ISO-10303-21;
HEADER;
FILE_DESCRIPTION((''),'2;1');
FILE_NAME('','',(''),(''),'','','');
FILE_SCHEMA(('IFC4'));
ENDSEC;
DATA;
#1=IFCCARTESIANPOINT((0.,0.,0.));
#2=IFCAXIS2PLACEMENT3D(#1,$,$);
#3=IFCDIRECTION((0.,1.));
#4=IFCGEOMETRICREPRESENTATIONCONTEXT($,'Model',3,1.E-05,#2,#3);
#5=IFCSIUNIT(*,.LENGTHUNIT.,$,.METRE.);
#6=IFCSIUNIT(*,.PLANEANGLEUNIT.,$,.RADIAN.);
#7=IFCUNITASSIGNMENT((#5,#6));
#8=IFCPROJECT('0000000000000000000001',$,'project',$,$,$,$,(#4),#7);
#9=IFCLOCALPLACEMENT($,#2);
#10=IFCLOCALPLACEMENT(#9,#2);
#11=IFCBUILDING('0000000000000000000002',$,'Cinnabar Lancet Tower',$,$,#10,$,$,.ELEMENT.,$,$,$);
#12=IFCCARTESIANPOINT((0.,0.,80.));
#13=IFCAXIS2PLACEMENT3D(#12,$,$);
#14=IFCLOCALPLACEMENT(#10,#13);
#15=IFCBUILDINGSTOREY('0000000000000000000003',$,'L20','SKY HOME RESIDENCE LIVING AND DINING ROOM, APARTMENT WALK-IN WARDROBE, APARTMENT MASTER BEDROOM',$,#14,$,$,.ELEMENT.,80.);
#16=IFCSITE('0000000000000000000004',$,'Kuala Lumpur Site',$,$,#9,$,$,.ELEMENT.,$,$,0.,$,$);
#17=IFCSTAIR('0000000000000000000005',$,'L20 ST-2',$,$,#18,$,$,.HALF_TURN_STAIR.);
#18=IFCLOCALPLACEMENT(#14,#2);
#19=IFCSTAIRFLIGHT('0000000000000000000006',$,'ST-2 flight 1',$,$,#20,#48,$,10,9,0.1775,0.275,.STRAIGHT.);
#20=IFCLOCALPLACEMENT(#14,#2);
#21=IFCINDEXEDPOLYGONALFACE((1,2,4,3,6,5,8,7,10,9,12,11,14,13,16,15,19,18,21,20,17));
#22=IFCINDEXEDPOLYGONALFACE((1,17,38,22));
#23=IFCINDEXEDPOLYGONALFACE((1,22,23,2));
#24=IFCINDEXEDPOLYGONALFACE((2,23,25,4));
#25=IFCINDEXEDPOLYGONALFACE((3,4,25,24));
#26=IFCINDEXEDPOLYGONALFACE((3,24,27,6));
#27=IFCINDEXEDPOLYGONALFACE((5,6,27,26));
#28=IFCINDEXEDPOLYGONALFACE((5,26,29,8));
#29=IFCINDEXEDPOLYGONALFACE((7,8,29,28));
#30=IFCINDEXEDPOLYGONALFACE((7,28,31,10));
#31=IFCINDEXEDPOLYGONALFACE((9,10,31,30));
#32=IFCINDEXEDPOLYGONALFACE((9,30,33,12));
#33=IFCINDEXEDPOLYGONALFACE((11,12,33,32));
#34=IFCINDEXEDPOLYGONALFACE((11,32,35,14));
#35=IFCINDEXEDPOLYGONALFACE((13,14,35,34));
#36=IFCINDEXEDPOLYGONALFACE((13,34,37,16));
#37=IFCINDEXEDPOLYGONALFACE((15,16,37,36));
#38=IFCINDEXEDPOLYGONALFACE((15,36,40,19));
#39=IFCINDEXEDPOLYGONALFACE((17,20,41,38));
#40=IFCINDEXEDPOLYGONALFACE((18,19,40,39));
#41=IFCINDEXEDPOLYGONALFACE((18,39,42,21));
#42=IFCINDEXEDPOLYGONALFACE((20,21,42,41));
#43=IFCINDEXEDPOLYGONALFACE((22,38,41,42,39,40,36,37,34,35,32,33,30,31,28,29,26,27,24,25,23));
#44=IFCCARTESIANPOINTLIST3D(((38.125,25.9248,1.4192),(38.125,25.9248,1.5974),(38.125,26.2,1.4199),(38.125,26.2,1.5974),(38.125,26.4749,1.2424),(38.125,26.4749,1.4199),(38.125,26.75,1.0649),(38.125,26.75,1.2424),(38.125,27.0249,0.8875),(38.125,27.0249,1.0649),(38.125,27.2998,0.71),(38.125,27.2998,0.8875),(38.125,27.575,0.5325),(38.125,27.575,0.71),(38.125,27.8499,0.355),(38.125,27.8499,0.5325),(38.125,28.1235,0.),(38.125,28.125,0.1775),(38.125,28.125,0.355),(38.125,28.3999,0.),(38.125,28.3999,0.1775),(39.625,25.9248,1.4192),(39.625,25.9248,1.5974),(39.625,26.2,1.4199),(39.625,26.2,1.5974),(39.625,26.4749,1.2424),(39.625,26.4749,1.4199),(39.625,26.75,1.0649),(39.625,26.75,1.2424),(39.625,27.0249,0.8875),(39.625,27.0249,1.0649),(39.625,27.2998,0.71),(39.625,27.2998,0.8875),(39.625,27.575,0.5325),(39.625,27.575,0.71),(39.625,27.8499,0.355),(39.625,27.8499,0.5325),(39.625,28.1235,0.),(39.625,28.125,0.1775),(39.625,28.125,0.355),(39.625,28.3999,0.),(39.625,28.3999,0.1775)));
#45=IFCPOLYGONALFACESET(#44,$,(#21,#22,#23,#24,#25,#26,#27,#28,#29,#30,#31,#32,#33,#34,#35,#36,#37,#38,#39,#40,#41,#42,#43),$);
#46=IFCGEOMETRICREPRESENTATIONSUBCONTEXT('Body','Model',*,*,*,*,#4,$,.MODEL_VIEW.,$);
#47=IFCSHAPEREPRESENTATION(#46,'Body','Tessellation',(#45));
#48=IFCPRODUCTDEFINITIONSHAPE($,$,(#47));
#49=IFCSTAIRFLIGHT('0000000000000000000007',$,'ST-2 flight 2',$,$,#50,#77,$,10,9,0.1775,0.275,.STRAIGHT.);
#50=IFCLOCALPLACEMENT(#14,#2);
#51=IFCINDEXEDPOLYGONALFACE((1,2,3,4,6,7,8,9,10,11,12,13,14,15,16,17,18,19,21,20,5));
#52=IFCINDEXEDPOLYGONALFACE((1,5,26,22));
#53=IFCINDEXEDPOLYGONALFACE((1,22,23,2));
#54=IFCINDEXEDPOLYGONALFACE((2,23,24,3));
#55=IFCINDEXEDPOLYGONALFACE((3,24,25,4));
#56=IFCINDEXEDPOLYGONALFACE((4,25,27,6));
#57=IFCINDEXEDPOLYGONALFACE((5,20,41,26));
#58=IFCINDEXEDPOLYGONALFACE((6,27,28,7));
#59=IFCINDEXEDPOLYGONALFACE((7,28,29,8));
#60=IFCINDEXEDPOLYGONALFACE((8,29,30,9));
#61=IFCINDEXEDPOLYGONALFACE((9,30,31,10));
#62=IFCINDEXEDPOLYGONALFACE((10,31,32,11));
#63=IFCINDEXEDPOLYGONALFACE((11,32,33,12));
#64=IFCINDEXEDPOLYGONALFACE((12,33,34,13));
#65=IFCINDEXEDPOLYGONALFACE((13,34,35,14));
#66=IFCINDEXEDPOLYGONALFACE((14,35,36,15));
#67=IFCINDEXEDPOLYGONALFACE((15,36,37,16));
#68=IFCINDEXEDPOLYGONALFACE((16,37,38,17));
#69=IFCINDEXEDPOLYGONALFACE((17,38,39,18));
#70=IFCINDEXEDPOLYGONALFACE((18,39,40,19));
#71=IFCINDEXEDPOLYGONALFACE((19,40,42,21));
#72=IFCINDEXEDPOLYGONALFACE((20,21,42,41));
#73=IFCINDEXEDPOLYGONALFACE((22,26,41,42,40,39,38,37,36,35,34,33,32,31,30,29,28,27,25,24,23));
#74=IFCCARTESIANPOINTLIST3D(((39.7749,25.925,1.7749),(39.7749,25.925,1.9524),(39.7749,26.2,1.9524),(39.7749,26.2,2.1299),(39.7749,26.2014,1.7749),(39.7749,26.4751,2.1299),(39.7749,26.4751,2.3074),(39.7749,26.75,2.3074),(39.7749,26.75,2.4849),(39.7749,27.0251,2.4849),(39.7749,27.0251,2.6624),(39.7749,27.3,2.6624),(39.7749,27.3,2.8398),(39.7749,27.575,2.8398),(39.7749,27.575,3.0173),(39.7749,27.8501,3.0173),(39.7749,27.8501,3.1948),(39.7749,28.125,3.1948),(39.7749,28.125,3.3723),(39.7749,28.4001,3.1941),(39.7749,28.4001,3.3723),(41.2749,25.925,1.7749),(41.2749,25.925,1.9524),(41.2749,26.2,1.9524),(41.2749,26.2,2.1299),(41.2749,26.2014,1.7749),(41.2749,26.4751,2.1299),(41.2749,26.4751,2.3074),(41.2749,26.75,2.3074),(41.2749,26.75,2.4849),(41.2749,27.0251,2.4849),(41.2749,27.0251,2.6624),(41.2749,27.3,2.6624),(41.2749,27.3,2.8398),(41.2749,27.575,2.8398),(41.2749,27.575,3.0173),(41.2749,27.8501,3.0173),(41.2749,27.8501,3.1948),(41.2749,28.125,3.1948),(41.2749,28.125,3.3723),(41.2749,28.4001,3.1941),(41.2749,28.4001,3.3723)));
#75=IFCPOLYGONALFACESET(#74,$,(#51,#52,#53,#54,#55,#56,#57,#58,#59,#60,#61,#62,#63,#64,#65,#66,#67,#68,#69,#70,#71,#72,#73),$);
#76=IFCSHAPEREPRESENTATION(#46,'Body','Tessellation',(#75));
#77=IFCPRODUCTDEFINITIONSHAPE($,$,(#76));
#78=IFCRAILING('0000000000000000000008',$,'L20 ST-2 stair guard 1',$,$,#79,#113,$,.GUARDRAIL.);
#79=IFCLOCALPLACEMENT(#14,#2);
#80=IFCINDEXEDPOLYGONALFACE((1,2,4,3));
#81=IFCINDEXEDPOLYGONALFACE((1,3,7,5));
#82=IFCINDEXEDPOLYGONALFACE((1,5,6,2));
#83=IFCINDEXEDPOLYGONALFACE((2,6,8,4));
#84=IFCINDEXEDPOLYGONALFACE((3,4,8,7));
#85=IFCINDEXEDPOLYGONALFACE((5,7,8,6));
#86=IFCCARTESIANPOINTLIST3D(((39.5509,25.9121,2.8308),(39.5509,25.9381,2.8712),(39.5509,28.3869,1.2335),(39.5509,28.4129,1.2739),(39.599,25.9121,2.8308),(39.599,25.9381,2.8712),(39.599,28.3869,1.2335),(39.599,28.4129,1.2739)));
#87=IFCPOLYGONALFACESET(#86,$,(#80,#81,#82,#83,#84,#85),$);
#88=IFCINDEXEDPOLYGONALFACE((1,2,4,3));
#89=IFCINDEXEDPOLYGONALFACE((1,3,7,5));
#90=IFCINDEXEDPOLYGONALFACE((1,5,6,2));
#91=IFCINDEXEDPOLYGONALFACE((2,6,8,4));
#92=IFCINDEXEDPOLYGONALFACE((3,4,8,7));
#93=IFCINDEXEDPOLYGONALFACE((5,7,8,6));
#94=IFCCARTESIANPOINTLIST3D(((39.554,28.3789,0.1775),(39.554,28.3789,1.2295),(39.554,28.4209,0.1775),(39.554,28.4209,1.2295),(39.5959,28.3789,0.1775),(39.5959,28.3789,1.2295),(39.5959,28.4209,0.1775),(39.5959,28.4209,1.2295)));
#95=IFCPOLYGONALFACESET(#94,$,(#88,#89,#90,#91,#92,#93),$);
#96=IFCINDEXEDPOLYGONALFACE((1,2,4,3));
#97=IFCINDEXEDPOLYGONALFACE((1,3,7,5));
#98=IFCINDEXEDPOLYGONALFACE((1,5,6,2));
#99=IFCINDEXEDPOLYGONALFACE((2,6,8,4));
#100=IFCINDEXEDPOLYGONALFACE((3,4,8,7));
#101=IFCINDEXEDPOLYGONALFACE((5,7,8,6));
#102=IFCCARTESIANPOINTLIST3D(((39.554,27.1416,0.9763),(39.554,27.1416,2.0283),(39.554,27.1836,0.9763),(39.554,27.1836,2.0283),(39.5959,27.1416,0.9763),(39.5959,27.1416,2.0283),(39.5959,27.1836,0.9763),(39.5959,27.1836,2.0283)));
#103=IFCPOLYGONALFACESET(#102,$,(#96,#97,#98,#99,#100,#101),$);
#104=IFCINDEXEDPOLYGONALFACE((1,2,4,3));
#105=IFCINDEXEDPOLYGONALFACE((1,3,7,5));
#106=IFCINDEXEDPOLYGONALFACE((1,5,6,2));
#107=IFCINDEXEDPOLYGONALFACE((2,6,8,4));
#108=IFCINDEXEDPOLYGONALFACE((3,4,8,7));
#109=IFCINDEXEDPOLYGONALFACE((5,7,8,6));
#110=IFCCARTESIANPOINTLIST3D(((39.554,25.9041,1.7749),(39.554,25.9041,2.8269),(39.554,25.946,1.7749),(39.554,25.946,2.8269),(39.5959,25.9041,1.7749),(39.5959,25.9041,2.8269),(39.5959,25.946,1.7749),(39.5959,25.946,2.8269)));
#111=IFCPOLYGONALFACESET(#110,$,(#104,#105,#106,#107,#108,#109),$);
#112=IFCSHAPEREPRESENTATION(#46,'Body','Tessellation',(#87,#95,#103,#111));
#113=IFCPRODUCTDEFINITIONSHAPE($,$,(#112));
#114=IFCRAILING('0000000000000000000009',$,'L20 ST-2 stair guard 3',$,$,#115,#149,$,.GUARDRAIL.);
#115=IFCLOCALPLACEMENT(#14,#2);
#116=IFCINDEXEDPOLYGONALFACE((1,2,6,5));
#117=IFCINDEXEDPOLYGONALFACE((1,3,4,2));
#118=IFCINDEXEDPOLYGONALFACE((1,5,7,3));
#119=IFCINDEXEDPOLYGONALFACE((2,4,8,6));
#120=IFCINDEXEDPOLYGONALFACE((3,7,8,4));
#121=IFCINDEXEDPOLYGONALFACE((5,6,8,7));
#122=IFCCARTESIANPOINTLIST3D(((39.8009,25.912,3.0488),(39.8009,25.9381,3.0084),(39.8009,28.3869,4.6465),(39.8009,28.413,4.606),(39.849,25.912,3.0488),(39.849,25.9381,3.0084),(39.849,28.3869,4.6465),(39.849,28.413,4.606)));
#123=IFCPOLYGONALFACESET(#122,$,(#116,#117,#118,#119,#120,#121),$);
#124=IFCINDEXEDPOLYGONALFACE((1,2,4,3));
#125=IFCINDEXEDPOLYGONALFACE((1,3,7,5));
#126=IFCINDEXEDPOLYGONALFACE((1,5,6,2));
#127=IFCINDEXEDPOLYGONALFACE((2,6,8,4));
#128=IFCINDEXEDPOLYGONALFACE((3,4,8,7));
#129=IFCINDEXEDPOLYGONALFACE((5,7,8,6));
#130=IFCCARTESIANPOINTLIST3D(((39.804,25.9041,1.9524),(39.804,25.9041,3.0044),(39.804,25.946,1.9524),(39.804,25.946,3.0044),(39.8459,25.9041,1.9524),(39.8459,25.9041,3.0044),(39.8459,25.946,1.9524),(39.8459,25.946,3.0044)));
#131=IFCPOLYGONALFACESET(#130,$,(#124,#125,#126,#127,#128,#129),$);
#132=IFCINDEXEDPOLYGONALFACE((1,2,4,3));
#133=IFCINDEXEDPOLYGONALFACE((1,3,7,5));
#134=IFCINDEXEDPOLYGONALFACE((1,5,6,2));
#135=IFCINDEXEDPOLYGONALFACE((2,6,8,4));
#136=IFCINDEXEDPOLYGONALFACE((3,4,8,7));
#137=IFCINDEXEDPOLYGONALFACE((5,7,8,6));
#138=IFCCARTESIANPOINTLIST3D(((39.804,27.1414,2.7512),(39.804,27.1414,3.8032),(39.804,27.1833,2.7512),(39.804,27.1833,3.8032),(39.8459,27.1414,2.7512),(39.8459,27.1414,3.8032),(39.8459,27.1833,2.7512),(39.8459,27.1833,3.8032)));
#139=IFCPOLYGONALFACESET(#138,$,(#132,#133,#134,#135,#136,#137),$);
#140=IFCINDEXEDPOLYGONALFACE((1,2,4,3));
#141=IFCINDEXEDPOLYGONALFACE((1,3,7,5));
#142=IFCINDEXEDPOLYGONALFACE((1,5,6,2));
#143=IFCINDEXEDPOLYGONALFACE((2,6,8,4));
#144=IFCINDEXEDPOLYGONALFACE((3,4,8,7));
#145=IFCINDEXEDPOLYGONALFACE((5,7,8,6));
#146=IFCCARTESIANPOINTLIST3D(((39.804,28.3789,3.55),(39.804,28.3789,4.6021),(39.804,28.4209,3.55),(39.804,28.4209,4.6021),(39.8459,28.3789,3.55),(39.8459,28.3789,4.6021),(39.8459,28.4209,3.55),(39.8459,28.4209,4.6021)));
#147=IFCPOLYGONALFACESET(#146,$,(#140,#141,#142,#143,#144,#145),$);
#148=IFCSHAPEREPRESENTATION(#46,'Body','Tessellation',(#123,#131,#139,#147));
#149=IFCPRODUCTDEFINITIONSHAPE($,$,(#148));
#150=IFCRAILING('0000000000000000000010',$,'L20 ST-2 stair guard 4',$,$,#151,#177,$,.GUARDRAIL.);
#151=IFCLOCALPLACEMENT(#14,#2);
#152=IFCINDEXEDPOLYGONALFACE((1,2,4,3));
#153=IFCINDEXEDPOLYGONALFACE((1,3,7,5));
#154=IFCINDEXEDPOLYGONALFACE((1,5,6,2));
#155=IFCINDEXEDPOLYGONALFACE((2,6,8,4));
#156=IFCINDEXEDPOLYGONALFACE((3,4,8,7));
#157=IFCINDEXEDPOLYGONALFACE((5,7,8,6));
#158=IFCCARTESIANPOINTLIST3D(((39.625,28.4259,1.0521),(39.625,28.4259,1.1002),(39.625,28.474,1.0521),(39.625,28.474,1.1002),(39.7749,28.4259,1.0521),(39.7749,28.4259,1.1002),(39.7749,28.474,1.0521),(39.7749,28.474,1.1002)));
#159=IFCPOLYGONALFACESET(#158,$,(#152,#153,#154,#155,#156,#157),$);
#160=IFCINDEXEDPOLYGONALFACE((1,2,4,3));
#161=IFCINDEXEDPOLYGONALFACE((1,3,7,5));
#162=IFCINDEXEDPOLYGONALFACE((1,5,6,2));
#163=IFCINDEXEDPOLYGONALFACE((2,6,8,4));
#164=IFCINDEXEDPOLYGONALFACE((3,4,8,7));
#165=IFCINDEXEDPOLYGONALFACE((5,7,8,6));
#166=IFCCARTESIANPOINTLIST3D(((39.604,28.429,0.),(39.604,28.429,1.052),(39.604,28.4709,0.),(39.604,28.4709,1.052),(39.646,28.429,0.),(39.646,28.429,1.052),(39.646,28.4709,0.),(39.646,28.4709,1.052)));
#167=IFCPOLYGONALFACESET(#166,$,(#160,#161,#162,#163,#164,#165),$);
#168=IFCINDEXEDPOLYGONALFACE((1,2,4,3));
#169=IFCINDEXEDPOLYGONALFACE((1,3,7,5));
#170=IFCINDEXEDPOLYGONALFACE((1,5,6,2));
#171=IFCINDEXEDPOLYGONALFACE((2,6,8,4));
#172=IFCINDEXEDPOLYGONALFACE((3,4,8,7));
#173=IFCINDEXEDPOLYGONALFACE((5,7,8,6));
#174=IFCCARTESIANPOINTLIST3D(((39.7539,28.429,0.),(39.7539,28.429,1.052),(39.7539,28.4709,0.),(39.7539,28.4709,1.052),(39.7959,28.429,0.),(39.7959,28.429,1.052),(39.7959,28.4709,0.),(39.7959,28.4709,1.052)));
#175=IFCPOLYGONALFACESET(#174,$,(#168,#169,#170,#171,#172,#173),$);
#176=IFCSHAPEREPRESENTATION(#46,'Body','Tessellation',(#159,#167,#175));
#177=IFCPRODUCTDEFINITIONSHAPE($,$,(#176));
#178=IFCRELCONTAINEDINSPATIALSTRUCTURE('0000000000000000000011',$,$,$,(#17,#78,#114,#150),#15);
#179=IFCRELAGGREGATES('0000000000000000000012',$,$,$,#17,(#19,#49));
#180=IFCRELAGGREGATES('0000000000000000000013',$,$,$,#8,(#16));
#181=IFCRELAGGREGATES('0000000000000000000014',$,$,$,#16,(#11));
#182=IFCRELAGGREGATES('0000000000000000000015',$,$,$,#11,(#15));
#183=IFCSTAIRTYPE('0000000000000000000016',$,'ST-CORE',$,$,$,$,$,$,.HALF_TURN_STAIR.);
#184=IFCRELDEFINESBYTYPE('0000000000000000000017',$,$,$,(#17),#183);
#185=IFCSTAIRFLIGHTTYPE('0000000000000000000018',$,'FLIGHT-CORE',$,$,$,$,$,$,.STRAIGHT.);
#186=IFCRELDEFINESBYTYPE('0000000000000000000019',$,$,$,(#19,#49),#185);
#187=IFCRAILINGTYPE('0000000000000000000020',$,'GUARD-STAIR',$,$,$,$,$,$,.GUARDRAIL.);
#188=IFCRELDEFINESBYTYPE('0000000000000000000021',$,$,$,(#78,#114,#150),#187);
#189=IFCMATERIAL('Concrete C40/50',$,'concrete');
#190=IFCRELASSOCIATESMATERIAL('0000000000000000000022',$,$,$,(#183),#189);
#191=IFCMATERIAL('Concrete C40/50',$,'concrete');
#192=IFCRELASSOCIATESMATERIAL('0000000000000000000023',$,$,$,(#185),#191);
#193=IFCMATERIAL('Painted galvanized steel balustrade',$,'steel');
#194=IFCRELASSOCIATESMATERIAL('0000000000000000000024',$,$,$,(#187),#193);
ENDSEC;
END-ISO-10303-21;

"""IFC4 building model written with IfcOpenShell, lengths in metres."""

from ifc_helpers import new_model, si_unit, direction, frame, origin, origin_2d, place, context, subcontext, project, spatial, polyline, rectangle, outline, extrude, material, type_object, element, aggregate, save


model = new_model("IFC4")

# Units and contexts
model_context = context("Model", 3, precision=1e-05, world=origin(), true_north=direction((0.0, 1.0)))
body_context = subcontext(model_context, "Body", "Model", "MODEL_VIEW")
ifc_project = project(units=[si_unit("LENGTHUNIT", "METRE"), si_unit("PLANEANGLEUNIT", "RADIAN")], contexts=[model_context])

# Site, building, storey
site_placement = place(None, origin())
site = spatial("IfcSite", under=ifc_project, at=site_placement, Name="Kuala Lumpur Site", CompositionType="ELEMENT", RefElevation=0.0)
building_placement = place(site_placement, origin())
building = spatial("IfcBuilding", under=site, at=building_placement, Name="Cinnabar Lancet Tower", CompositionType="ELEMENT")
storey_placement = place(building_placement, frame((0.0, 0.0, 80.0)))
storey = spatial("IfcBuildingStorey", under=building, at=storey_placement, Name="L20", Description="SKY HOME RESIDENCE LIVING AND DINING ROOM, APARTMENT WALK-IN WARDROBE, APARTMENT MASTER BEDROOM", CompositionType="ELEMENT", Elevation=80.0)

# Stair, stair flights
ifc_material_1 = material(Name="Concrete C40/50", Category="concrete")
stair_type = type_object("IfcStairType", Name="ST-CORE", PredefinedType="HALF_TURN_STAIR", material=ifc_material_1)
stair_placement = place(storey_placement, origin())
stair = element("IfcStair", 1, at=stair_placement, inside=storey, type_object=stair_type, Name="L20 ST-2", PredefinedType="HALF_TURN_STAIR")
ifc_material_2 = material(Name="Concrete C40/50", Category="concrete")
stair_flight_type = type_object("IfcStairFlightType", Name="FLIGHT-CORE", PredefinedType="STRAIGHT", material=ifc_material_2)
stair_flight_1_placement = place(storey_placement, frame((38.875, 28.3999, 0.0), z_axis=(0.0, 0.0, 1.0), x_axis=(0.0, -1.0, 0.0)))
stair_flight_1 = element("IfcStairFlight", 2, at=stair_flight_1_placement, type_object=stair_flight_type, Name="ST-2 flight 1", NumberOfRisers=10, NumberOfTreads=9, PredefinedType="STRAIGHT", RiserHeight=0.1775, TreadLength=0.275, context=body_context, shape_type="SweptSolid", body=[
    extrude(outline(polyline([(0.0, 0.0), (0.0, 0.1775), (0.2749, 0.1775), (0.2749, 0.355), (0.55, 0.355), (0.55, 0.5325), (0.825, 0.5325), (0.825, 0.71), (1.1001, 0.71), (1.1001, 0.8875), (1.375, 0.8875), (1.375, 1.0649), (1.6499, 1.0649), (1.6499, 1.2424), (1.925, 1.2424), (1.925, 1.4199), (2.2, 1.4199), (2.2, 1.5974), (2.4751, 1.5974), (2.4751, 1.7749), (2.4751, 1.4192), (0.2764, 0.0), (0.0, 0.0)])), frame((0.0, 0.75, 0.0), z_axis=(0.0, -1.0, 0.0), x_axis=(1.0, 0.0, 0.0)), (0.0, 0.0, 1.0), 1.5),
])
stair_flight_2_placement = place(storey_placement, frame((40.5249, 25.925, 1.7749), z_axis=(0.0, 0.0, 1.0), x_axis=(0.0, 1.0, 0.0)))
stair_flight_2 = element("IfcStairFlight", 3, at=stair_flight_2_placement, type_object=stair_flight_type, Name="ST-2 flight 2", NumberOfRisers=10, NumberOfTreads=9, PredefinedType="STRAIGHT", RiserHeight=0.1775, TreadLength=0.275, context=body_context, shape_type="SweptSolid", body=[
    extrude(outline(polyline([(0.0, 0.0), (0.0, 0.1775), (0.2749, 0.1775), (0.2749, 0.355), (0.55, 0.355), (0.55, 0.5325), (0.825, 0.5325), (0.825, 0.71), (1.1001, 0.71), (1.1001, 0.8875), (1.375, 0.8875), (1.375, 1.0649), (1.6499, 1.0649), (1.6499, 1.2424), (1.925, 1.2424), (1.925, 1.4199), (2.2, 1.4199), (2.2, 1.5974), (2.4751, 1.5974), (2.4751, 1.7749), (2.4751, 1.4192), (0.2764, 0.0), (0.0, 0.0)])), frame((0.0, 0.75, 0.0), z_axis=(0.0, -1.0, 0.0), x_axis=(1.0, 0.0, 0.0)), (0.0, 0.0, 1.0), 1.5),
])
aggregate(stair, [stair_flight_1, stair_flight_2])

# Railings
ifc_material_3 = material(Name="Painted galvanized steel balustrade", Category="steel")
railing_type_1 = type_object("IfcRailingType", Name="GUARD-STAIR", PredefinedType="GUARDRAIL", material=ifc_material_3)
railing_1_placement = place(storey_placement, frame((39.575, 28.3999, 0.1775)))
element("IfcRailing", 4, at=railing_1_placement, inside=storey, type_object=railing_type_1, Name="L20 ST-2 stair guard 1", PredefinedType="GUARDRAIL", context=body_context, shape_type="SweptSolid", body=[
    extrude(rectangle(XDim=0.0481, YDim=0.0481, at=origin_2d()), frame((0.0, 0.0, 1.0762), z_axis=(0.0, -0.840183, 0.542302), x_axis=(1.0, 0.0, 0.0)), (0.0, 0.0, 1.0), 2.9456),
    extrude(rectangle(XDim=0.042, YDim=0.042, at=origin_2d()), origin(), (0.0, 0.0, 1.0), 1.052),
    extrude(rectangle(XDim=0.042, YDim=0.042, at=origin_2d()), frame((0.0, -1.2373, 0.7988)), (0.0, 0.0, 1.0), 1.052),
    extrude(rectangle(XDim=0.042, YDim=0.042, at=origin_2d()), frame((0.0, -2.4749, 1.5974)), (0.0, 0.0, 1.0), 1.052),
])
railing_2_placement = place(storey_placement, frame((39.825, 25.925, 1.9524)))
element("IfcRailing", 5, at=railing_2_placement, inside=storey, type_object=railing_type_1, Name="L20 ST-2 stair guard 3", PredefinedType="GUARDRAIL", context=body_context, shape_type="SweptSolid", body=[
    extrude(rectangle(XDim=0.0481, YDim=0.0481, at=origin_2d()), frame((0.0, 0.0, 1.0762), z_axis=(0.0, 0.840146, 0.542361), x_axis=(-1.0, 0.0, 0.0)), (0.0, 0.0, 1.0), 2.9458),
    extrude(rectangle(XDim=0.042, YDim=0.042, at=origin_2d()), origin(), (0.0, 0.0, 1.0), 1.052),
    extrude(rectangle(XDim=0.042, YDim=0.042, at=origin_2d()), frame((0.0, 1.2373, 0.7988)), (0.0, 0.0, 1.0), 1.052),
    extrude(rectangle(XDim=0.042, YDim=0.042, at=origin_2d()), frame((0.0, 2.4749, 1.5977)), (0.0, 0.0, 1.0), 1.052),
])
railing_3_placement = place(storey_placement, frame((39.625, 28.45, 0.0)))
element("IfcRailing", 6, at=railing_3_placement, inside=storey, type_object=railing_type_1, Name="L20 ST-2 stair guard 4", PredefinedType="GUARDRAIL", context=body_context, shape_type="SweptSolid", body=[
    extrude(rectangle(XDim=0.0481, YDim=0.0481, at=origin_2d()), frame((0.0, 0.0, 1.0762), z_axis=(1.0, 0.0, 0.0), x_axis=(0.0, 1.0, 0.0)), (0.0, 0.0, 1.0), 0.1499),
    extrude(rectangle(XDim=0.042, YDim=0.042, at=origin_2d()), origin(), (0.0, 0.0, 1.0), 1.052),
    extrude(rectangle(XDim=0.042, YDim=0.042, at=origin_2d()), frame((0.1499, 0.0, 0.0)), (0.0, 0.0, 1.0), 1.052),
])

save(model, "model.ifc")
